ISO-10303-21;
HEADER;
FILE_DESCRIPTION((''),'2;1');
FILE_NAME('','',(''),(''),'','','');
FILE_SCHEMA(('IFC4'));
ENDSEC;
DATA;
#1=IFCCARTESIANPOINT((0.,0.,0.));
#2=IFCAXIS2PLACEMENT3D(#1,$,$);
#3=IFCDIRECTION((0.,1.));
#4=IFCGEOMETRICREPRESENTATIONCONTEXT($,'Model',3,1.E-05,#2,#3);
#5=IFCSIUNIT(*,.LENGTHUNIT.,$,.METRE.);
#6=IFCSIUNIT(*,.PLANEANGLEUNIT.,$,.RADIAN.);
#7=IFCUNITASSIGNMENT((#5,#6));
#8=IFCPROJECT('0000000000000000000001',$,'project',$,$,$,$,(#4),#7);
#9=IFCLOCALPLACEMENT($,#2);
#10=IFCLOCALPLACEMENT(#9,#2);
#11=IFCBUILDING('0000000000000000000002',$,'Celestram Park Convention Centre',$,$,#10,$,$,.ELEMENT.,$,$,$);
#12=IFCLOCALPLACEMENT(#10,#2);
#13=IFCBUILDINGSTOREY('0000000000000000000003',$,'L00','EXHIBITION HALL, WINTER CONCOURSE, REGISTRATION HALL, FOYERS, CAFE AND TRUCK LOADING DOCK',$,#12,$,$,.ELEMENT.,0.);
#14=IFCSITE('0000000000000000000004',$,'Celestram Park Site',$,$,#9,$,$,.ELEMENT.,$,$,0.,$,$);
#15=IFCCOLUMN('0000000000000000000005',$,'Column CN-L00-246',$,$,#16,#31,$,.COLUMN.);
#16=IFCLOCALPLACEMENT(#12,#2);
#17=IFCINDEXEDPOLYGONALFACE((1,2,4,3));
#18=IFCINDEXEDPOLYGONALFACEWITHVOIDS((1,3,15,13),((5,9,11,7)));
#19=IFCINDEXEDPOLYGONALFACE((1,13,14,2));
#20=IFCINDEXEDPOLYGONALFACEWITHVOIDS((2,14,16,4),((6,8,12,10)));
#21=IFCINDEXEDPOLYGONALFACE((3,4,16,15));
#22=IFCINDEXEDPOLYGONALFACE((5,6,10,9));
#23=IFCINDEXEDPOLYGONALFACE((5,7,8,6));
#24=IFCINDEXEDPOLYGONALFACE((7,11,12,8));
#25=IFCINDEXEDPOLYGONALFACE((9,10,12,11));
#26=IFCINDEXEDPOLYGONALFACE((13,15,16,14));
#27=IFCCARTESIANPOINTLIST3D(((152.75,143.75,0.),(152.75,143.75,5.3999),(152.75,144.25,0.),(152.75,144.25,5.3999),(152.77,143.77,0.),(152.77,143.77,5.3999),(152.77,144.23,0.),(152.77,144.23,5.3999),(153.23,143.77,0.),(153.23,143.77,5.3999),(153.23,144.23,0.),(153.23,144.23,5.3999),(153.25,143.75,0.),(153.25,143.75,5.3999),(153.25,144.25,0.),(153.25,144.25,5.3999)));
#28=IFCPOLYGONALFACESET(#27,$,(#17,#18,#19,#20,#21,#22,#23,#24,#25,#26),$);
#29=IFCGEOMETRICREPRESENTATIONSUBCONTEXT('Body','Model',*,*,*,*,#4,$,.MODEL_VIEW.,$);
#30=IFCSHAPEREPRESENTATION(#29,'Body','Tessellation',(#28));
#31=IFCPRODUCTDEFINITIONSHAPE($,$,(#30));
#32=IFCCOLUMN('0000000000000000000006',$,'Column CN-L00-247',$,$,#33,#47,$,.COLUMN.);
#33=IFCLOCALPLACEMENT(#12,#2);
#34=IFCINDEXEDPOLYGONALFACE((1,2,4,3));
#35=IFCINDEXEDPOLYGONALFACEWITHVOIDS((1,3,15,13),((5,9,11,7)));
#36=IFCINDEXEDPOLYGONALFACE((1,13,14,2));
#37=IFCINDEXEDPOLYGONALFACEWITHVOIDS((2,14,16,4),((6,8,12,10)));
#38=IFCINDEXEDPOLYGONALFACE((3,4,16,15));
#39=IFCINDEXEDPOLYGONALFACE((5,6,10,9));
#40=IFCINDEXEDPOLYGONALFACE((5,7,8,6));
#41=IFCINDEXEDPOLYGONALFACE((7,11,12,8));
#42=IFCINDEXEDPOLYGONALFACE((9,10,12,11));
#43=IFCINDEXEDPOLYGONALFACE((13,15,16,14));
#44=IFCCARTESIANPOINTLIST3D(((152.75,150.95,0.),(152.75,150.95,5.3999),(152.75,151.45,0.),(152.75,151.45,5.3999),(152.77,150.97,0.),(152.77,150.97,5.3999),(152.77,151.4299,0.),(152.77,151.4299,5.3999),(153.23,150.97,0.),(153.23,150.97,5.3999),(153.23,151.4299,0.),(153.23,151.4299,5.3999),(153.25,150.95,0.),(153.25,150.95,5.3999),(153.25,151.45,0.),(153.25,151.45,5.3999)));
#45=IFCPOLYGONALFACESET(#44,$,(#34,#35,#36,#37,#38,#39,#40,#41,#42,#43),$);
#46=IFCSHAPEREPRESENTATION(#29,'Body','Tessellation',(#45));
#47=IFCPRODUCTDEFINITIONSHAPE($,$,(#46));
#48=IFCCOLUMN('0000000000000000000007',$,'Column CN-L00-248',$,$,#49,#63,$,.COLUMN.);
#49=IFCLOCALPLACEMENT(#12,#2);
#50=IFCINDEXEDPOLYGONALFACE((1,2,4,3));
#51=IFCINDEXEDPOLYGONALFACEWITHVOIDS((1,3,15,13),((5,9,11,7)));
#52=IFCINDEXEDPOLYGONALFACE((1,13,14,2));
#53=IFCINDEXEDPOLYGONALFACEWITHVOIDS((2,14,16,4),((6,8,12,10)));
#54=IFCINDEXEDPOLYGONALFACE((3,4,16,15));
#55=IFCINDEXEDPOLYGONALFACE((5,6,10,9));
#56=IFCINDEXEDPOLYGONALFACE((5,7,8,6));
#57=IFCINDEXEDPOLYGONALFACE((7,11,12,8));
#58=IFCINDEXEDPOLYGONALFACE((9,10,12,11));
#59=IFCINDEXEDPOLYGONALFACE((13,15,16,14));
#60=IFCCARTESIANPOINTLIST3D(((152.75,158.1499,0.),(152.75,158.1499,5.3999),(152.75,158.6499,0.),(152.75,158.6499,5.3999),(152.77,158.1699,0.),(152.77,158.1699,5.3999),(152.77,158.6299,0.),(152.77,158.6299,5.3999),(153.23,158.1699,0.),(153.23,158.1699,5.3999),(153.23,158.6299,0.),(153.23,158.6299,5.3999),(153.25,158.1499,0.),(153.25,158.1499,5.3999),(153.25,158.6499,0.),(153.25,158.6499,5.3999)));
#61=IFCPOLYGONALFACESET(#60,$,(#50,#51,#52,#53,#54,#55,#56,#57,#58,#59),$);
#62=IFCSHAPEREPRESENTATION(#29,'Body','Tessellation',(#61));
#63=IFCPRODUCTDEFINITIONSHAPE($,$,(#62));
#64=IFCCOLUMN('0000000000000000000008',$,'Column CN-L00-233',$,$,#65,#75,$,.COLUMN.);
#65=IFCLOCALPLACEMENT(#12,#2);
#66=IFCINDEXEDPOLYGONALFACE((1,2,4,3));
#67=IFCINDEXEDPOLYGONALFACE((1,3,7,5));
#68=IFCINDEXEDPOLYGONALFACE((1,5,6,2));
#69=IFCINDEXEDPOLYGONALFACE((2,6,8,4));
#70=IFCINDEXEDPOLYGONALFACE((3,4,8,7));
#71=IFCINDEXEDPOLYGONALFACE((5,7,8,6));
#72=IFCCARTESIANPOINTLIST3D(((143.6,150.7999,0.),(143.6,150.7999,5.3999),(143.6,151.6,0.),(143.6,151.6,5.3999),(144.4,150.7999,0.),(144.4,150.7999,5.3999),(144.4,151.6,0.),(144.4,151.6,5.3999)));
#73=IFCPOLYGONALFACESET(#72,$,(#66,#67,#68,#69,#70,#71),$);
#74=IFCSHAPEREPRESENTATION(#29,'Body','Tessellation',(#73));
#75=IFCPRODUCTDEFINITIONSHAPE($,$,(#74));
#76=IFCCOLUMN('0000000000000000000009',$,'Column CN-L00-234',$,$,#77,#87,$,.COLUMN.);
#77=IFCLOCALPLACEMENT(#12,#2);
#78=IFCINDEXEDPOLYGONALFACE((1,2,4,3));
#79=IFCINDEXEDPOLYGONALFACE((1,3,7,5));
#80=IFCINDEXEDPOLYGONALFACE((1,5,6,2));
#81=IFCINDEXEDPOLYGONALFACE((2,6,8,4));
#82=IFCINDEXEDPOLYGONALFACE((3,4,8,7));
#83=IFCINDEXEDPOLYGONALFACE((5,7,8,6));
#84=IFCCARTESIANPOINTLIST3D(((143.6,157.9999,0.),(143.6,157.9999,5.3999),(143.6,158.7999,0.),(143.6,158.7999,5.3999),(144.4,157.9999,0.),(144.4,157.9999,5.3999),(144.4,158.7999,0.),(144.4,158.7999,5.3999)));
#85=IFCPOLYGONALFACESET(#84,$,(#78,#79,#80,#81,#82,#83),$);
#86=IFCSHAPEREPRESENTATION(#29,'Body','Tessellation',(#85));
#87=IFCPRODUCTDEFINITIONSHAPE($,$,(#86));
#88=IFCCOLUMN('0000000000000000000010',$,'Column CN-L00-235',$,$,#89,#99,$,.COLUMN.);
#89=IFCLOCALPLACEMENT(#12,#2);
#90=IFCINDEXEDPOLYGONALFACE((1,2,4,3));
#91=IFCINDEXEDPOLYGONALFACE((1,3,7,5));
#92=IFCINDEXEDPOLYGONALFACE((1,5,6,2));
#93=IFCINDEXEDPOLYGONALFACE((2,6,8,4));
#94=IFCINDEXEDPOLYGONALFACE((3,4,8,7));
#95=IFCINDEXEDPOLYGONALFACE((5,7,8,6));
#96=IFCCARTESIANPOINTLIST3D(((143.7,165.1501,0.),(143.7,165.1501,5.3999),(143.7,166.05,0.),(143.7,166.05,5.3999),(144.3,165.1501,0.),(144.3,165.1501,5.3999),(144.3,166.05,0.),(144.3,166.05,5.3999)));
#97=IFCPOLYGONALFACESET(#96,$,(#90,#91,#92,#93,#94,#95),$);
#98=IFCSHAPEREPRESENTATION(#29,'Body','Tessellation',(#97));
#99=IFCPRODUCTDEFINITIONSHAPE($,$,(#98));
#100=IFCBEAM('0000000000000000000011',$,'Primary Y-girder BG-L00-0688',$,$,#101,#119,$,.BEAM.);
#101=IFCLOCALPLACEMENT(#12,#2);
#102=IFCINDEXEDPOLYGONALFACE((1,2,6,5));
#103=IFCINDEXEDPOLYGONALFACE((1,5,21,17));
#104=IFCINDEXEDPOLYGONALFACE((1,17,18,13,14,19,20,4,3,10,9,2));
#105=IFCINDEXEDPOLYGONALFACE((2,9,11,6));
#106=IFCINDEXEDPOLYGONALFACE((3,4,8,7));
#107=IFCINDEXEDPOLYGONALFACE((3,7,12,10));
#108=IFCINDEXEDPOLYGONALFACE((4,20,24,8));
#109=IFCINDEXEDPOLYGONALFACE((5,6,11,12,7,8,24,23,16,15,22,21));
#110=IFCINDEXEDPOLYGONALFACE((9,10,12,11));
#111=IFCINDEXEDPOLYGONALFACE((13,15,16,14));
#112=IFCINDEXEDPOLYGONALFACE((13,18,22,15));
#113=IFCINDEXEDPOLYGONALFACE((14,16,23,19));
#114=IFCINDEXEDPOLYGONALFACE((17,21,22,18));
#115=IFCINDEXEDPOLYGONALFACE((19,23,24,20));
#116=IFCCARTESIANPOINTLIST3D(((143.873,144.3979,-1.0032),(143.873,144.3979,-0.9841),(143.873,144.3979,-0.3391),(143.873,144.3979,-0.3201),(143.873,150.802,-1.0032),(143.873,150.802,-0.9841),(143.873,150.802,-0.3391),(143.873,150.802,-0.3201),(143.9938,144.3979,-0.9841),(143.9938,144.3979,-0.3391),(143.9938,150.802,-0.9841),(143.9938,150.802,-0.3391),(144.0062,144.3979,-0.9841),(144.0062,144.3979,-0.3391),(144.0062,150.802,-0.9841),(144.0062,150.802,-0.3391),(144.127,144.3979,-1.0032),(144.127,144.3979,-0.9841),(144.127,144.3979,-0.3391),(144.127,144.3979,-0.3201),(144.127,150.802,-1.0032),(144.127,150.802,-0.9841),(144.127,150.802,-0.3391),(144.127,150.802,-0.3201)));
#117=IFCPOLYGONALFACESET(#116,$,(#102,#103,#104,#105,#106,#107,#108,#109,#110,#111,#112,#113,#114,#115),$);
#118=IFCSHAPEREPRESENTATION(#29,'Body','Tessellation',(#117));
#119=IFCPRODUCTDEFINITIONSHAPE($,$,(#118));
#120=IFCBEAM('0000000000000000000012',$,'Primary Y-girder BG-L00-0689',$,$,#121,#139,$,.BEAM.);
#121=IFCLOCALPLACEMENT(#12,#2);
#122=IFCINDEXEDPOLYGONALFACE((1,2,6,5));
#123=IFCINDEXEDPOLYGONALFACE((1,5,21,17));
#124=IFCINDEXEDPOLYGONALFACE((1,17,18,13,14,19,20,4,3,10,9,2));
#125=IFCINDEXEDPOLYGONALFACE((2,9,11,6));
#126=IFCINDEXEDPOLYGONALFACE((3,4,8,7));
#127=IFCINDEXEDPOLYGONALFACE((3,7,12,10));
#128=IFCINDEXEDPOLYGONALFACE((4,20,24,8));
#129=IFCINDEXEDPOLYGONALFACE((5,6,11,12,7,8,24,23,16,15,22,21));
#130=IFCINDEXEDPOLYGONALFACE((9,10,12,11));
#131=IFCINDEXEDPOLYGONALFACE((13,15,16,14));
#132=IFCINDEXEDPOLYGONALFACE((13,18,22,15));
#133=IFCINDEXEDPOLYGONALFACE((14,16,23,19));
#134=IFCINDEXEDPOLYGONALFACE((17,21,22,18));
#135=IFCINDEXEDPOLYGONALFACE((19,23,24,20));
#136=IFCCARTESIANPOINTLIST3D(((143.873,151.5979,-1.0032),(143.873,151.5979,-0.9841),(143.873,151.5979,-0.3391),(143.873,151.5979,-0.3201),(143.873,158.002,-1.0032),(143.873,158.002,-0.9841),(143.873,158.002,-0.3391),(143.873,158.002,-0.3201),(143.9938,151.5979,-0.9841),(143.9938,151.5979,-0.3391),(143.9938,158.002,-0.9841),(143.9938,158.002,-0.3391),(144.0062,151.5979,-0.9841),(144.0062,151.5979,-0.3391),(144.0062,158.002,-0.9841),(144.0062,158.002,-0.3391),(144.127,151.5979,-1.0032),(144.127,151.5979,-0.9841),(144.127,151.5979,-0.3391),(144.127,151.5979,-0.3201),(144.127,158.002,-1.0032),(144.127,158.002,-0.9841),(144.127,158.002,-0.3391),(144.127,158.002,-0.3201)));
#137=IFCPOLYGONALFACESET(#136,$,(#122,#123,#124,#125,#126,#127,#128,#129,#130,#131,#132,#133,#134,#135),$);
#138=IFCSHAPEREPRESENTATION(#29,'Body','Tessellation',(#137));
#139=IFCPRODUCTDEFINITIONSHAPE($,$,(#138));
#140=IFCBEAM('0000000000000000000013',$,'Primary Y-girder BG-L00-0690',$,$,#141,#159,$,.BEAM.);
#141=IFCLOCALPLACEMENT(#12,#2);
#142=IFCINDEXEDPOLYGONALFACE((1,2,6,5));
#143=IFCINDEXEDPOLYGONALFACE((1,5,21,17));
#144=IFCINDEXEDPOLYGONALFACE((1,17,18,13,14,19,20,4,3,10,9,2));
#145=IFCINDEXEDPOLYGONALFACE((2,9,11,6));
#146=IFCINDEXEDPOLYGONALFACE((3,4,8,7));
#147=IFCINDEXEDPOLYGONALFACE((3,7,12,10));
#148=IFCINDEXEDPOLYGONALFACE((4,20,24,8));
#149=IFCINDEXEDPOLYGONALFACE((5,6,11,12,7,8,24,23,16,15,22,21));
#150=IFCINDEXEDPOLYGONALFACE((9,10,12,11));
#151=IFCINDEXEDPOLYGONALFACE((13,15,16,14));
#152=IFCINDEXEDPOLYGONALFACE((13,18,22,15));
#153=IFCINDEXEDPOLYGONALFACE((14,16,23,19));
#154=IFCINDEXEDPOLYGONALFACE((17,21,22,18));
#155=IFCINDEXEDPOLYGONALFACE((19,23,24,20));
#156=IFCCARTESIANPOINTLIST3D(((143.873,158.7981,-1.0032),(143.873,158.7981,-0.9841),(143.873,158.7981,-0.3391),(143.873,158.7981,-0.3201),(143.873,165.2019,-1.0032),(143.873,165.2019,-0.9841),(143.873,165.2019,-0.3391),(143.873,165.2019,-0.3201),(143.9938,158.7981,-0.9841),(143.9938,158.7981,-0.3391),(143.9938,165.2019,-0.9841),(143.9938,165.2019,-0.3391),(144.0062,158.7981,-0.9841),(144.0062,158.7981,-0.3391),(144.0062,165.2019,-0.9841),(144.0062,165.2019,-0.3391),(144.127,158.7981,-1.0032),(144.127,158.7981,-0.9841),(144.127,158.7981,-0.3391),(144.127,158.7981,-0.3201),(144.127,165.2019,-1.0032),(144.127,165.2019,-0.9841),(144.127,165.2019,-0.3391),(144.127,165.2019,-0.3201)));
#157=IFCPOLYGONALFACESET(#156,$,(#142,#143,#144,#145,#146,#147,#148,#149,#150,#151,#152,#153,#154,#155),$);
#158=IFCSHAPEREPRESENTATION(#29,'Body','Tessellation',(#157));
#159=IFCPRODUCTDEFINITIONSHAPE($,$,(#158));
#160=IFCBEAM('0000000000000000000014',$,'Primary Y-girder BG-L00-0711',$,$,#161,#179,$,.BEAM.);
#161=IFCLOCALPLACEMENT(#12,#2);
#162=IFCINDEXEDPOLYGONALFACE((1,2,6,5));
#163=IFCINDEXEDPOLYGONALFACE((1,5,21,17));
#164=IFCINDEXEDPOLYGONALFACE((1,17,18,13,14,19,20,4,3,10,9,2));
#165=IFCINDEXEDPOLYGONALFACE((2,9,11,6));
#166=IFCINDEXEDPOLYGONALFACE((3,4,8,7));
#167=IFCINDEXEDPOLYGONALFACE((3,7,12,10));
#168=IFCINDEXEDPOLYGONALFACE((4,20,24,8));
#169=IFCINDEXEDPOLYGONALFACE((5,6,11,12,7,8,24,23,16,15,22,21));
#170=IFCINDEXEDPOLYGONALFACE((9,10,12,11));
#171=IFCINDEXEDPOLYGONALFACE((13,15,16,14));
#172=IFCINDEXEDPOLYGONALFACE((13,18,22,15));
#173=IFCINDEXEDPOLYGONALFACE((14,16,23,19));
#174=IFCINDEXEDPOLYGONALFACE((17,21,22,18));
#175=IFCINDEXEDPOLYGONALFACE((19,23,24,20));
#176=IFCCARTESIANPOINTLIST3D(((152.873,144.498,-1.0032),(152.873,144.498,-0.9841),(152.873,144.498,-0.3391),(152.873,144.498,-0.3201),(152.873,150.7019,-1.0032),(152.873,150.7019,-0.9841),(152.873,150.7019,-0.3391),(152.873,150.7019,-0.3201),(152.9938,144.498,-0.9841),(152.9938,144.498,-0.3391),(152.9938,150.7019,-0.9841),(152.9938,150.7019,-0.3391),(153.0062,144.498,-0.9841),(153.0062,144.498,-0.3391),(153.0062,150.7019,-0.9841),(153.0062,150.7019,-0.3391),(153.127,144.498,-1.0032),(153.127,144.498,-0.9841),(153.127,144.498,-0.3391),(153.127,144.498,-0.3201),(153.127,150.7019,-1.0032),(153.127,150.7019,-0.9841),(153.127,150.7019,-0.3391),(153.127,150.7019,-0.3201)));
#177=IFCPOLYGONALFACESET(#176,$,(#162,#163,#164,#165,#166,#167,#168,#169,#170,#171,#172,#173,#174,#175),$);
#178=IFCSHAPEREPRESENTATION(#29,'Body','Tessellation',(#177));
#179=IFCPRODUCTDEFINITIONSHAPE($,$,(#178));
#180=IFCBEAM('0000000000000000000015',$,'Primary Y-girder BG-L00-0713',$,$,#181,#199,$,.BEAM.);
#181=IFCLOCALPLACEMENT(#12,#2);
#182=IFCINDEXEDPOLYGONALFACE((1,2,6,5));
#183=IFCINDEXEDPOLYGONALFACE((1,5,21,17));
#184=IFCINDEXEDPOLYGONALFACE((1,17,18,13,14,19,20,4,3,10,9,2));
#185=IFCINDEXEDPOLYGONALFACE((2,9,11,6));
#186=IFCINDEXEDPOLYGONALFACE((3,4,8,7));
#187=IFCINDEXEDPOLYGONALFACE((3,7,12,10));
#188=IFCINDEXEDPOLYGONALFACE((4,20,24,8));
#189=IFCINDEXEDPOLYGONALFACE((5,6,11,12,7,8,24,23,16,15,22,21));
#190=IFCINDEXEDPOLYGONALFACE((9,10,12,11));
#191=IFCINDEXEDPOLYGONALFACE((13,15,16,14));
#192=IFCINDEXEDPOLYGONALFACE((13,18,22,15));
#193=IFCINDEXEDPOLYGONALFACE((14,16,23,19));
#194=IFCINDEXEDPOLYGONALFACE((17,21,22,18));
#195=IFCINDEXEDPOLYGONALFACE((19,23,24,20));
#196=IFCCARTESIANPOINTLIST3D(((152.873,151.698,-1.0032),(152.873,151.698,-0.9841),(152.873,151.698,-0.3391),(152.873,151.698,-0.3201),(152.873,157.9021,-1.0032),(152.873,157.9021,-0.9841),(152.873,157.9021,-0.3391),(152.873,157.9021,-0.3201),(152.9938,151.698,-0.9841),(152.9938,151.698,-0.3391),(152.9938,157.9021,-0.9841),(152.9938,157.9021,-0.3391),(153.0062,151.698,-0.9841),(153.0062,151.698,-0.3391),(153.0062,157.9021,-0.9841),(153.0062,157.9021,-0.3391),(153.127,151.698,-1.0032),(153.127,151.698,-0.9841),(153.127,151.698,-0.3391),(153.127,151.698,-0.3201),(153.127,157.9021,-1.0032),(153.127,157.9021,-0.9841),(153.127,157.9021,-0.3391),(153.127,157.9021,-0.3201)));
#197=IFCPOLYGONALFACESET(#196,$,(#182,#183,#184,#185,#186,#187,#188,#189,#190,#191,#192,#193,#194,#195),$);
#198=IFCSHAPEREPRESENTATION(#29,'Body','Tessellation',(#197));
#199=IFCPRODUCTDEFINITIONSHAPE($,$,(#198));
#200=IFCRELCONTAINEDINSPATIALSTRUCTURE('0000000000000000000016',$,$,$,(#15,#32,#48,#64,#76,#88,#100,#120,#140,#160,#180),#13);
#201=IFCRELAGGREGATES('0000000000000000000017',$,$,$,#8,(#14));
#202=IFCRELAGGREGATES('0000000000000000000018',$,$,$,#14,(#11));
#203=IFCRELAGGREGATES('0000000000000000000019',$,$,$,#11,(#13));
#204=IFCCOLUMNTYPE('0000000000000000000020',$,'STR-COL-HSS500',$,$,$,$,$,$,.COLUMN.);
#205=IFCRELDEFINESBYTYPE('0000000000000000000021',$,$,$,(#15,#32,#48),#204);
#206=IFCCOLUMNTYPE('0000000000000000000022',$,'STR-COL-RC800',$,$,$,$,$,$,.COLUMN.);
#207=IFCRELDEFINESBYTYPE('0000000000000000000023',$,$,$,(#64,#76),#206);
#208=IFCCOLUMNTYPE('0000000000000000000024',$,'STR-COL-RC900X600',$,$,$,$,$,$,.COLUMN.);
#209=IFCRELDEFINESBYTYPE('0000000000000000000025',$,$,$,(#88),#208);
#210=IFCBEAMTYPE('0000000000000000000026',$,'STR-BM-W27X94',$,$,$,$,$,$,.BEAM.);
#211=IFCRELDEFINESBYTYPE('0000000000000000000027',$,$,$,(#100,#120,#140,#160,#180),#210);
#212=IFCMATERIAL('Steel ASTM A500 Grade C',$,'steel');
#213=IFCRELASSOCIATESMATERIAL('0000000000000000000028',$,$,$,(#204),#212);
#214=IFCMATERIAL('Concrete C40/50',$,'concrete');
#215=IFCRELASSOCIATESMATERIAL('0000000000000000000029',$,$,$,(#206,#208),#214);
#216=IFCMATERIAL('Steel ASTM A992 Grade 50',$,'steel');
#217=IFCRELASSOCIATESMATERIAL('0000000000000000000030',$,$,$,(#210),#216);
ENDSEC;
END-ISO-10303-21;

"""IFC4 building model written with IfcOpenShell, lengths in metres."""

from ifc_helpers import new_model, si_unit, direction, frame, origin, origin_2d, place, context, subcontext, project, spatial, rectangle, hollow_rectangle, i_section, extrude, material, material_profile, profile_set, type_object, element, save


model = new_model("IFC4")

# Units and contexts
model_context = context("Model", 3, precision=1e-05, world=origin(), true_north=direction((0.0, 1.0)))
body_context = subcontext(model_context, "Body", "Model", "MODEL_VIEW")
ifc_project = project(units=[si_unit("LENGTHUNIT", "METRE"), si_unit("PLANEANGLEUNIT", "RADIAN")], contexts=[model_context])

# Site, building, storey
site_placement = place(None, origin())
site = spatial("IfcSite", under=ifc_project, at=site_placement, Name="Celestram Park Site", CompositionType="ELEMENT", RefElevation=0.0)
building_placement = place(site_placement, origin())
building = spatial("IfcBuilding", under=site, at=building_placement, Name="Celestram Park Convention Centre", CompositionType="ELEMENT")
storey_placement = place(building_placement, origin())
storey = spatial("IfcBuildingStorey", under=building, at=storey_placement, Name="L00", Description="EXHIBITION HALL, WINTER CONCOURSE, REGISTRATION HALL, FOYERS, CAFE AND TRUCK LOADING DOCK", CompositionType="ELEMENT", Elevation=0.0)

# Columns
ifc_material_1 = material(Name="Steel ASTM A500 Grade C", Category="steel")
ifc_material_profile_1 = material_profile(ifc_material_1, hollow_rectangle(XDim=0.5, YDim=0.5, WallThickness=0.02, at=origin_2d()), Name="HSS500X500X20")
ifc_profile_set_1 = profile_set([ifc_material_profile_1], Name="Steel ASTM A500 Grade C")
column_type_1 = type_object("IfcColumnType", Name="STR-COL-HSS500", PredefinedType="COLUMN", material=ifc_profile_set_1)
for number, where, z_axis, x_axis, name in (
    (1, (153.0, 144.0, 0.0), (0.0, 0.0, 1.0), (1.0, 0.0, 0.0), "Column CN-L00-246"),
    (2, (153.0, 151.2, 0.0), (0.0, 0.0, 1.0), (1.0, 0.0, 0.0), "Column CN-L00-247"),
    (3, (153.0, 158.3999, 0.0), (0.0, 0.0, 1.0), (1.0, 0.0, 0.0), "Column CN-L00-248"),
):
    element("IfcColumn", number, at=place(storey_placement, frame(where, z_axis=z_axis, x_axis=x_axis)), inside=storey, type_object=column_type_1, Name=name, PredefinedType="COLUMN", context=body_context, shape_type="SweptSolid", body=[
        extrude(hollow_rectangle(XDim=0.5, YDim=0.5, WallThickness=0.02, at=origin_2d()), origin(), (0.0, 0.0, 1.0), 5.3999),
    ])
ifc_material_2 = material(Name="Concrete C40/50", Category="concrete")
ifc_material_profile_2 = material_profile(ifc_material_2, rectangle(XDim=0.8, YDim=0.8, at=origin_2d()), Name="RC800X800")
ifc_profile_set_2 = profile_set([ifc_material_profile_2], Name="Concrete C40/50")
column_type_2 = type_object("IfcColumnType", Name="STR-COL-RC800", PredefinedType="COLUMN", material=ifc_profile_set_2)
for number, where, z_axis, x_axis, name in (
    (4, (144.0, 151.2, 0.0), (0.0, 0.0, 1.0), (1.0, 0.0, 0.0), "Column CN-L00-233"),
    (5, (144.0, 158.3999, 0.0), (0.0, 0.0, 1.0), (1.0, 0.0, 0.0), "Column CN-L00-234"),
):
    element("IfcColumn", number, at=place(storey_placement, frame(where, z_axis=z_axis, x_axis=x_axis)), inside=storey, type_object=column_type_2, Name=name, PredefinedType="COLUMN", context=body_context, shape_type="SweptSolid", body=[
        extrude(rectangle(XDim=0.8, YDim=0.8, at=origin_2d()), origin(), (0.0, 0.0, 1.0), 5.3999),
    ])
ifc_material_profile_3 = material_profile(ifc_material_2, rectangle(XDim=0.6001, YDim=0.8999, at=origin_2d()), Name="RC900X600")
ifc_profile_set_3 = profile_set([ifc_material_profile_3], Name="Concrete C40/50")
column_type_3 = type_object("IfcColumnType", Name="STR-COL-RC900X600", PredefinedType="COLUMN", material=ifc_profile_set_3)
column_placement = place(storey_placement, frame((144.0, 165.6001, 0.0), z_axis=(0.0, 0.0, 1.0), x_axis=(1.0, 0.0, 0.0)))
element("IfcColumn", 6, at=column_placement, inside=storey, type_object=column_type_3, Name="Column CN-L00-235", PredefinedType="COLUMN", context=body_context, shape_type="SweptSolid", body=[
    extrude(rectangle(XDim=0.6001, YDim=0.8999, at=origin_2d()), origin(), (0.0, 0.0, 1.0), 5.3999),
])

# Beams
ifc_material_3 = material(Name="Steel ASTM A992 Grade 50", Category="steel")
ifc_material_profile_4 = material_profile(ifc_material_3, i_section(OverallWidth=0.2539, OverallDepth=0.6831, WebThickness=0.0125, FlangeThickness=0.019, at=origin_2d()), Name="W27X94")
ifc_profile_set_4 = profile_set([ifc_material_profile_4], Name="Steel ASTM A992 Grade 50")
beam_type_1 = type_object("IfcBeamType", Name="STR-BM-W27X94", PredefinedType="BEAM", material=ifc_profile_set_4)
for number, where, z_axis, x_axis, name in (
    (7, (144.0, 144.3979, -0.6616), (0.0, 1.0, 0.0), (-1.0, 0.0, 0.0), "Primary Y-girder BG-L00-0688"),
    (8, (144.0, 151.5979, -0.6616), (0.0, 1.0, 0.0), (-1.0, 0.0, 0.0), "Primary Y-girder BG-L00-0689"),
):
    element("IfcBeam", number, at=place(storey_placement, frame(where, z_axis=z_axis, x_axis=x_axis)), inside=storey, type_object=beam_type_1, Name=name, PredefinedType="BEAM", context=body_context, shape_type="SweptSolid", body=[
        extrude(i_section(OverallWidth=0.2539, OverallDepth=0.6831, WebThickness=0.0125, FlangeThickness=0.019, at=origin_2d()), origin(), (0.0, 0.0, 1.0), 6.4041),
    ])
beam_1_placement = place(storey_placement, frame((144.0, 158.7981, -0.6616), z_axis=(0.0, 1.0, 0.0), x_axis=(-1.0, 0.0, 0.0)))
element("IfcBeam", 9, at=beam_1_placement, inside=storey, type_object=beam_type_1, Name="Primary Y-girder BG-L00-0690", PredefinedType="BEAM", context=body_context, shape_type="SweptSolid", body=[
    extrude(i_section(OverallWidth=0.2539, OverallDepth=0.6831, WebThickness=0.0125, FlangeThickness=0.019, at=origin_2d()), origin(), (0.0, 0.0, 1.0), 6.4038),
])
beam_2_placement = place(storey_placement, frame((153.0, 144.498, -0.6616), z_axis=(0.0, 1.0, 0.0), x_axis=(-1.0, 0.0, 0.0)))
element("IfcBeam", 10, at=beam_2_placement, inside=storey, type_object=beam_type_1, Name="Primary Y-girder BG-L00-0711", PredefinedType="BEAM", context=body_context, shape_type="SweptSolid", body=[
    extrude(i_section(OverallWidth=0.2539, OverallDepth=0.6831, WebThickness=0.0125, FlangeThickness=0.019, at=origin_2d()), origin(), (0.0, 0.0, 1.0), 6.2039),
])
beam_3_placement = place(storey_placement, frame((153.0, 151.698, -0.6616), z_axis=(0.0, 1.0, 0.0), x_axis=(-1.0, 0.0, 0.0)))
element("IfcBeam", 11, at=beam_3_placement, inside=storey, type_object=beam_type_1, Name="Primary Y-girder BG-L00-0713", PredefinedType="BEAM", context=body_context, shape_type="SweptSolid", body=[
    extrude(i_section(OverallWidth=0.2539, OverallDepth=0.6831, WebThickness=0.0125, FlangeThickness=0.019, at=origin_2d()), origin(), (0.0, 0.0, 1.0), 6.2041),
])

save(model, "model.ifc")
